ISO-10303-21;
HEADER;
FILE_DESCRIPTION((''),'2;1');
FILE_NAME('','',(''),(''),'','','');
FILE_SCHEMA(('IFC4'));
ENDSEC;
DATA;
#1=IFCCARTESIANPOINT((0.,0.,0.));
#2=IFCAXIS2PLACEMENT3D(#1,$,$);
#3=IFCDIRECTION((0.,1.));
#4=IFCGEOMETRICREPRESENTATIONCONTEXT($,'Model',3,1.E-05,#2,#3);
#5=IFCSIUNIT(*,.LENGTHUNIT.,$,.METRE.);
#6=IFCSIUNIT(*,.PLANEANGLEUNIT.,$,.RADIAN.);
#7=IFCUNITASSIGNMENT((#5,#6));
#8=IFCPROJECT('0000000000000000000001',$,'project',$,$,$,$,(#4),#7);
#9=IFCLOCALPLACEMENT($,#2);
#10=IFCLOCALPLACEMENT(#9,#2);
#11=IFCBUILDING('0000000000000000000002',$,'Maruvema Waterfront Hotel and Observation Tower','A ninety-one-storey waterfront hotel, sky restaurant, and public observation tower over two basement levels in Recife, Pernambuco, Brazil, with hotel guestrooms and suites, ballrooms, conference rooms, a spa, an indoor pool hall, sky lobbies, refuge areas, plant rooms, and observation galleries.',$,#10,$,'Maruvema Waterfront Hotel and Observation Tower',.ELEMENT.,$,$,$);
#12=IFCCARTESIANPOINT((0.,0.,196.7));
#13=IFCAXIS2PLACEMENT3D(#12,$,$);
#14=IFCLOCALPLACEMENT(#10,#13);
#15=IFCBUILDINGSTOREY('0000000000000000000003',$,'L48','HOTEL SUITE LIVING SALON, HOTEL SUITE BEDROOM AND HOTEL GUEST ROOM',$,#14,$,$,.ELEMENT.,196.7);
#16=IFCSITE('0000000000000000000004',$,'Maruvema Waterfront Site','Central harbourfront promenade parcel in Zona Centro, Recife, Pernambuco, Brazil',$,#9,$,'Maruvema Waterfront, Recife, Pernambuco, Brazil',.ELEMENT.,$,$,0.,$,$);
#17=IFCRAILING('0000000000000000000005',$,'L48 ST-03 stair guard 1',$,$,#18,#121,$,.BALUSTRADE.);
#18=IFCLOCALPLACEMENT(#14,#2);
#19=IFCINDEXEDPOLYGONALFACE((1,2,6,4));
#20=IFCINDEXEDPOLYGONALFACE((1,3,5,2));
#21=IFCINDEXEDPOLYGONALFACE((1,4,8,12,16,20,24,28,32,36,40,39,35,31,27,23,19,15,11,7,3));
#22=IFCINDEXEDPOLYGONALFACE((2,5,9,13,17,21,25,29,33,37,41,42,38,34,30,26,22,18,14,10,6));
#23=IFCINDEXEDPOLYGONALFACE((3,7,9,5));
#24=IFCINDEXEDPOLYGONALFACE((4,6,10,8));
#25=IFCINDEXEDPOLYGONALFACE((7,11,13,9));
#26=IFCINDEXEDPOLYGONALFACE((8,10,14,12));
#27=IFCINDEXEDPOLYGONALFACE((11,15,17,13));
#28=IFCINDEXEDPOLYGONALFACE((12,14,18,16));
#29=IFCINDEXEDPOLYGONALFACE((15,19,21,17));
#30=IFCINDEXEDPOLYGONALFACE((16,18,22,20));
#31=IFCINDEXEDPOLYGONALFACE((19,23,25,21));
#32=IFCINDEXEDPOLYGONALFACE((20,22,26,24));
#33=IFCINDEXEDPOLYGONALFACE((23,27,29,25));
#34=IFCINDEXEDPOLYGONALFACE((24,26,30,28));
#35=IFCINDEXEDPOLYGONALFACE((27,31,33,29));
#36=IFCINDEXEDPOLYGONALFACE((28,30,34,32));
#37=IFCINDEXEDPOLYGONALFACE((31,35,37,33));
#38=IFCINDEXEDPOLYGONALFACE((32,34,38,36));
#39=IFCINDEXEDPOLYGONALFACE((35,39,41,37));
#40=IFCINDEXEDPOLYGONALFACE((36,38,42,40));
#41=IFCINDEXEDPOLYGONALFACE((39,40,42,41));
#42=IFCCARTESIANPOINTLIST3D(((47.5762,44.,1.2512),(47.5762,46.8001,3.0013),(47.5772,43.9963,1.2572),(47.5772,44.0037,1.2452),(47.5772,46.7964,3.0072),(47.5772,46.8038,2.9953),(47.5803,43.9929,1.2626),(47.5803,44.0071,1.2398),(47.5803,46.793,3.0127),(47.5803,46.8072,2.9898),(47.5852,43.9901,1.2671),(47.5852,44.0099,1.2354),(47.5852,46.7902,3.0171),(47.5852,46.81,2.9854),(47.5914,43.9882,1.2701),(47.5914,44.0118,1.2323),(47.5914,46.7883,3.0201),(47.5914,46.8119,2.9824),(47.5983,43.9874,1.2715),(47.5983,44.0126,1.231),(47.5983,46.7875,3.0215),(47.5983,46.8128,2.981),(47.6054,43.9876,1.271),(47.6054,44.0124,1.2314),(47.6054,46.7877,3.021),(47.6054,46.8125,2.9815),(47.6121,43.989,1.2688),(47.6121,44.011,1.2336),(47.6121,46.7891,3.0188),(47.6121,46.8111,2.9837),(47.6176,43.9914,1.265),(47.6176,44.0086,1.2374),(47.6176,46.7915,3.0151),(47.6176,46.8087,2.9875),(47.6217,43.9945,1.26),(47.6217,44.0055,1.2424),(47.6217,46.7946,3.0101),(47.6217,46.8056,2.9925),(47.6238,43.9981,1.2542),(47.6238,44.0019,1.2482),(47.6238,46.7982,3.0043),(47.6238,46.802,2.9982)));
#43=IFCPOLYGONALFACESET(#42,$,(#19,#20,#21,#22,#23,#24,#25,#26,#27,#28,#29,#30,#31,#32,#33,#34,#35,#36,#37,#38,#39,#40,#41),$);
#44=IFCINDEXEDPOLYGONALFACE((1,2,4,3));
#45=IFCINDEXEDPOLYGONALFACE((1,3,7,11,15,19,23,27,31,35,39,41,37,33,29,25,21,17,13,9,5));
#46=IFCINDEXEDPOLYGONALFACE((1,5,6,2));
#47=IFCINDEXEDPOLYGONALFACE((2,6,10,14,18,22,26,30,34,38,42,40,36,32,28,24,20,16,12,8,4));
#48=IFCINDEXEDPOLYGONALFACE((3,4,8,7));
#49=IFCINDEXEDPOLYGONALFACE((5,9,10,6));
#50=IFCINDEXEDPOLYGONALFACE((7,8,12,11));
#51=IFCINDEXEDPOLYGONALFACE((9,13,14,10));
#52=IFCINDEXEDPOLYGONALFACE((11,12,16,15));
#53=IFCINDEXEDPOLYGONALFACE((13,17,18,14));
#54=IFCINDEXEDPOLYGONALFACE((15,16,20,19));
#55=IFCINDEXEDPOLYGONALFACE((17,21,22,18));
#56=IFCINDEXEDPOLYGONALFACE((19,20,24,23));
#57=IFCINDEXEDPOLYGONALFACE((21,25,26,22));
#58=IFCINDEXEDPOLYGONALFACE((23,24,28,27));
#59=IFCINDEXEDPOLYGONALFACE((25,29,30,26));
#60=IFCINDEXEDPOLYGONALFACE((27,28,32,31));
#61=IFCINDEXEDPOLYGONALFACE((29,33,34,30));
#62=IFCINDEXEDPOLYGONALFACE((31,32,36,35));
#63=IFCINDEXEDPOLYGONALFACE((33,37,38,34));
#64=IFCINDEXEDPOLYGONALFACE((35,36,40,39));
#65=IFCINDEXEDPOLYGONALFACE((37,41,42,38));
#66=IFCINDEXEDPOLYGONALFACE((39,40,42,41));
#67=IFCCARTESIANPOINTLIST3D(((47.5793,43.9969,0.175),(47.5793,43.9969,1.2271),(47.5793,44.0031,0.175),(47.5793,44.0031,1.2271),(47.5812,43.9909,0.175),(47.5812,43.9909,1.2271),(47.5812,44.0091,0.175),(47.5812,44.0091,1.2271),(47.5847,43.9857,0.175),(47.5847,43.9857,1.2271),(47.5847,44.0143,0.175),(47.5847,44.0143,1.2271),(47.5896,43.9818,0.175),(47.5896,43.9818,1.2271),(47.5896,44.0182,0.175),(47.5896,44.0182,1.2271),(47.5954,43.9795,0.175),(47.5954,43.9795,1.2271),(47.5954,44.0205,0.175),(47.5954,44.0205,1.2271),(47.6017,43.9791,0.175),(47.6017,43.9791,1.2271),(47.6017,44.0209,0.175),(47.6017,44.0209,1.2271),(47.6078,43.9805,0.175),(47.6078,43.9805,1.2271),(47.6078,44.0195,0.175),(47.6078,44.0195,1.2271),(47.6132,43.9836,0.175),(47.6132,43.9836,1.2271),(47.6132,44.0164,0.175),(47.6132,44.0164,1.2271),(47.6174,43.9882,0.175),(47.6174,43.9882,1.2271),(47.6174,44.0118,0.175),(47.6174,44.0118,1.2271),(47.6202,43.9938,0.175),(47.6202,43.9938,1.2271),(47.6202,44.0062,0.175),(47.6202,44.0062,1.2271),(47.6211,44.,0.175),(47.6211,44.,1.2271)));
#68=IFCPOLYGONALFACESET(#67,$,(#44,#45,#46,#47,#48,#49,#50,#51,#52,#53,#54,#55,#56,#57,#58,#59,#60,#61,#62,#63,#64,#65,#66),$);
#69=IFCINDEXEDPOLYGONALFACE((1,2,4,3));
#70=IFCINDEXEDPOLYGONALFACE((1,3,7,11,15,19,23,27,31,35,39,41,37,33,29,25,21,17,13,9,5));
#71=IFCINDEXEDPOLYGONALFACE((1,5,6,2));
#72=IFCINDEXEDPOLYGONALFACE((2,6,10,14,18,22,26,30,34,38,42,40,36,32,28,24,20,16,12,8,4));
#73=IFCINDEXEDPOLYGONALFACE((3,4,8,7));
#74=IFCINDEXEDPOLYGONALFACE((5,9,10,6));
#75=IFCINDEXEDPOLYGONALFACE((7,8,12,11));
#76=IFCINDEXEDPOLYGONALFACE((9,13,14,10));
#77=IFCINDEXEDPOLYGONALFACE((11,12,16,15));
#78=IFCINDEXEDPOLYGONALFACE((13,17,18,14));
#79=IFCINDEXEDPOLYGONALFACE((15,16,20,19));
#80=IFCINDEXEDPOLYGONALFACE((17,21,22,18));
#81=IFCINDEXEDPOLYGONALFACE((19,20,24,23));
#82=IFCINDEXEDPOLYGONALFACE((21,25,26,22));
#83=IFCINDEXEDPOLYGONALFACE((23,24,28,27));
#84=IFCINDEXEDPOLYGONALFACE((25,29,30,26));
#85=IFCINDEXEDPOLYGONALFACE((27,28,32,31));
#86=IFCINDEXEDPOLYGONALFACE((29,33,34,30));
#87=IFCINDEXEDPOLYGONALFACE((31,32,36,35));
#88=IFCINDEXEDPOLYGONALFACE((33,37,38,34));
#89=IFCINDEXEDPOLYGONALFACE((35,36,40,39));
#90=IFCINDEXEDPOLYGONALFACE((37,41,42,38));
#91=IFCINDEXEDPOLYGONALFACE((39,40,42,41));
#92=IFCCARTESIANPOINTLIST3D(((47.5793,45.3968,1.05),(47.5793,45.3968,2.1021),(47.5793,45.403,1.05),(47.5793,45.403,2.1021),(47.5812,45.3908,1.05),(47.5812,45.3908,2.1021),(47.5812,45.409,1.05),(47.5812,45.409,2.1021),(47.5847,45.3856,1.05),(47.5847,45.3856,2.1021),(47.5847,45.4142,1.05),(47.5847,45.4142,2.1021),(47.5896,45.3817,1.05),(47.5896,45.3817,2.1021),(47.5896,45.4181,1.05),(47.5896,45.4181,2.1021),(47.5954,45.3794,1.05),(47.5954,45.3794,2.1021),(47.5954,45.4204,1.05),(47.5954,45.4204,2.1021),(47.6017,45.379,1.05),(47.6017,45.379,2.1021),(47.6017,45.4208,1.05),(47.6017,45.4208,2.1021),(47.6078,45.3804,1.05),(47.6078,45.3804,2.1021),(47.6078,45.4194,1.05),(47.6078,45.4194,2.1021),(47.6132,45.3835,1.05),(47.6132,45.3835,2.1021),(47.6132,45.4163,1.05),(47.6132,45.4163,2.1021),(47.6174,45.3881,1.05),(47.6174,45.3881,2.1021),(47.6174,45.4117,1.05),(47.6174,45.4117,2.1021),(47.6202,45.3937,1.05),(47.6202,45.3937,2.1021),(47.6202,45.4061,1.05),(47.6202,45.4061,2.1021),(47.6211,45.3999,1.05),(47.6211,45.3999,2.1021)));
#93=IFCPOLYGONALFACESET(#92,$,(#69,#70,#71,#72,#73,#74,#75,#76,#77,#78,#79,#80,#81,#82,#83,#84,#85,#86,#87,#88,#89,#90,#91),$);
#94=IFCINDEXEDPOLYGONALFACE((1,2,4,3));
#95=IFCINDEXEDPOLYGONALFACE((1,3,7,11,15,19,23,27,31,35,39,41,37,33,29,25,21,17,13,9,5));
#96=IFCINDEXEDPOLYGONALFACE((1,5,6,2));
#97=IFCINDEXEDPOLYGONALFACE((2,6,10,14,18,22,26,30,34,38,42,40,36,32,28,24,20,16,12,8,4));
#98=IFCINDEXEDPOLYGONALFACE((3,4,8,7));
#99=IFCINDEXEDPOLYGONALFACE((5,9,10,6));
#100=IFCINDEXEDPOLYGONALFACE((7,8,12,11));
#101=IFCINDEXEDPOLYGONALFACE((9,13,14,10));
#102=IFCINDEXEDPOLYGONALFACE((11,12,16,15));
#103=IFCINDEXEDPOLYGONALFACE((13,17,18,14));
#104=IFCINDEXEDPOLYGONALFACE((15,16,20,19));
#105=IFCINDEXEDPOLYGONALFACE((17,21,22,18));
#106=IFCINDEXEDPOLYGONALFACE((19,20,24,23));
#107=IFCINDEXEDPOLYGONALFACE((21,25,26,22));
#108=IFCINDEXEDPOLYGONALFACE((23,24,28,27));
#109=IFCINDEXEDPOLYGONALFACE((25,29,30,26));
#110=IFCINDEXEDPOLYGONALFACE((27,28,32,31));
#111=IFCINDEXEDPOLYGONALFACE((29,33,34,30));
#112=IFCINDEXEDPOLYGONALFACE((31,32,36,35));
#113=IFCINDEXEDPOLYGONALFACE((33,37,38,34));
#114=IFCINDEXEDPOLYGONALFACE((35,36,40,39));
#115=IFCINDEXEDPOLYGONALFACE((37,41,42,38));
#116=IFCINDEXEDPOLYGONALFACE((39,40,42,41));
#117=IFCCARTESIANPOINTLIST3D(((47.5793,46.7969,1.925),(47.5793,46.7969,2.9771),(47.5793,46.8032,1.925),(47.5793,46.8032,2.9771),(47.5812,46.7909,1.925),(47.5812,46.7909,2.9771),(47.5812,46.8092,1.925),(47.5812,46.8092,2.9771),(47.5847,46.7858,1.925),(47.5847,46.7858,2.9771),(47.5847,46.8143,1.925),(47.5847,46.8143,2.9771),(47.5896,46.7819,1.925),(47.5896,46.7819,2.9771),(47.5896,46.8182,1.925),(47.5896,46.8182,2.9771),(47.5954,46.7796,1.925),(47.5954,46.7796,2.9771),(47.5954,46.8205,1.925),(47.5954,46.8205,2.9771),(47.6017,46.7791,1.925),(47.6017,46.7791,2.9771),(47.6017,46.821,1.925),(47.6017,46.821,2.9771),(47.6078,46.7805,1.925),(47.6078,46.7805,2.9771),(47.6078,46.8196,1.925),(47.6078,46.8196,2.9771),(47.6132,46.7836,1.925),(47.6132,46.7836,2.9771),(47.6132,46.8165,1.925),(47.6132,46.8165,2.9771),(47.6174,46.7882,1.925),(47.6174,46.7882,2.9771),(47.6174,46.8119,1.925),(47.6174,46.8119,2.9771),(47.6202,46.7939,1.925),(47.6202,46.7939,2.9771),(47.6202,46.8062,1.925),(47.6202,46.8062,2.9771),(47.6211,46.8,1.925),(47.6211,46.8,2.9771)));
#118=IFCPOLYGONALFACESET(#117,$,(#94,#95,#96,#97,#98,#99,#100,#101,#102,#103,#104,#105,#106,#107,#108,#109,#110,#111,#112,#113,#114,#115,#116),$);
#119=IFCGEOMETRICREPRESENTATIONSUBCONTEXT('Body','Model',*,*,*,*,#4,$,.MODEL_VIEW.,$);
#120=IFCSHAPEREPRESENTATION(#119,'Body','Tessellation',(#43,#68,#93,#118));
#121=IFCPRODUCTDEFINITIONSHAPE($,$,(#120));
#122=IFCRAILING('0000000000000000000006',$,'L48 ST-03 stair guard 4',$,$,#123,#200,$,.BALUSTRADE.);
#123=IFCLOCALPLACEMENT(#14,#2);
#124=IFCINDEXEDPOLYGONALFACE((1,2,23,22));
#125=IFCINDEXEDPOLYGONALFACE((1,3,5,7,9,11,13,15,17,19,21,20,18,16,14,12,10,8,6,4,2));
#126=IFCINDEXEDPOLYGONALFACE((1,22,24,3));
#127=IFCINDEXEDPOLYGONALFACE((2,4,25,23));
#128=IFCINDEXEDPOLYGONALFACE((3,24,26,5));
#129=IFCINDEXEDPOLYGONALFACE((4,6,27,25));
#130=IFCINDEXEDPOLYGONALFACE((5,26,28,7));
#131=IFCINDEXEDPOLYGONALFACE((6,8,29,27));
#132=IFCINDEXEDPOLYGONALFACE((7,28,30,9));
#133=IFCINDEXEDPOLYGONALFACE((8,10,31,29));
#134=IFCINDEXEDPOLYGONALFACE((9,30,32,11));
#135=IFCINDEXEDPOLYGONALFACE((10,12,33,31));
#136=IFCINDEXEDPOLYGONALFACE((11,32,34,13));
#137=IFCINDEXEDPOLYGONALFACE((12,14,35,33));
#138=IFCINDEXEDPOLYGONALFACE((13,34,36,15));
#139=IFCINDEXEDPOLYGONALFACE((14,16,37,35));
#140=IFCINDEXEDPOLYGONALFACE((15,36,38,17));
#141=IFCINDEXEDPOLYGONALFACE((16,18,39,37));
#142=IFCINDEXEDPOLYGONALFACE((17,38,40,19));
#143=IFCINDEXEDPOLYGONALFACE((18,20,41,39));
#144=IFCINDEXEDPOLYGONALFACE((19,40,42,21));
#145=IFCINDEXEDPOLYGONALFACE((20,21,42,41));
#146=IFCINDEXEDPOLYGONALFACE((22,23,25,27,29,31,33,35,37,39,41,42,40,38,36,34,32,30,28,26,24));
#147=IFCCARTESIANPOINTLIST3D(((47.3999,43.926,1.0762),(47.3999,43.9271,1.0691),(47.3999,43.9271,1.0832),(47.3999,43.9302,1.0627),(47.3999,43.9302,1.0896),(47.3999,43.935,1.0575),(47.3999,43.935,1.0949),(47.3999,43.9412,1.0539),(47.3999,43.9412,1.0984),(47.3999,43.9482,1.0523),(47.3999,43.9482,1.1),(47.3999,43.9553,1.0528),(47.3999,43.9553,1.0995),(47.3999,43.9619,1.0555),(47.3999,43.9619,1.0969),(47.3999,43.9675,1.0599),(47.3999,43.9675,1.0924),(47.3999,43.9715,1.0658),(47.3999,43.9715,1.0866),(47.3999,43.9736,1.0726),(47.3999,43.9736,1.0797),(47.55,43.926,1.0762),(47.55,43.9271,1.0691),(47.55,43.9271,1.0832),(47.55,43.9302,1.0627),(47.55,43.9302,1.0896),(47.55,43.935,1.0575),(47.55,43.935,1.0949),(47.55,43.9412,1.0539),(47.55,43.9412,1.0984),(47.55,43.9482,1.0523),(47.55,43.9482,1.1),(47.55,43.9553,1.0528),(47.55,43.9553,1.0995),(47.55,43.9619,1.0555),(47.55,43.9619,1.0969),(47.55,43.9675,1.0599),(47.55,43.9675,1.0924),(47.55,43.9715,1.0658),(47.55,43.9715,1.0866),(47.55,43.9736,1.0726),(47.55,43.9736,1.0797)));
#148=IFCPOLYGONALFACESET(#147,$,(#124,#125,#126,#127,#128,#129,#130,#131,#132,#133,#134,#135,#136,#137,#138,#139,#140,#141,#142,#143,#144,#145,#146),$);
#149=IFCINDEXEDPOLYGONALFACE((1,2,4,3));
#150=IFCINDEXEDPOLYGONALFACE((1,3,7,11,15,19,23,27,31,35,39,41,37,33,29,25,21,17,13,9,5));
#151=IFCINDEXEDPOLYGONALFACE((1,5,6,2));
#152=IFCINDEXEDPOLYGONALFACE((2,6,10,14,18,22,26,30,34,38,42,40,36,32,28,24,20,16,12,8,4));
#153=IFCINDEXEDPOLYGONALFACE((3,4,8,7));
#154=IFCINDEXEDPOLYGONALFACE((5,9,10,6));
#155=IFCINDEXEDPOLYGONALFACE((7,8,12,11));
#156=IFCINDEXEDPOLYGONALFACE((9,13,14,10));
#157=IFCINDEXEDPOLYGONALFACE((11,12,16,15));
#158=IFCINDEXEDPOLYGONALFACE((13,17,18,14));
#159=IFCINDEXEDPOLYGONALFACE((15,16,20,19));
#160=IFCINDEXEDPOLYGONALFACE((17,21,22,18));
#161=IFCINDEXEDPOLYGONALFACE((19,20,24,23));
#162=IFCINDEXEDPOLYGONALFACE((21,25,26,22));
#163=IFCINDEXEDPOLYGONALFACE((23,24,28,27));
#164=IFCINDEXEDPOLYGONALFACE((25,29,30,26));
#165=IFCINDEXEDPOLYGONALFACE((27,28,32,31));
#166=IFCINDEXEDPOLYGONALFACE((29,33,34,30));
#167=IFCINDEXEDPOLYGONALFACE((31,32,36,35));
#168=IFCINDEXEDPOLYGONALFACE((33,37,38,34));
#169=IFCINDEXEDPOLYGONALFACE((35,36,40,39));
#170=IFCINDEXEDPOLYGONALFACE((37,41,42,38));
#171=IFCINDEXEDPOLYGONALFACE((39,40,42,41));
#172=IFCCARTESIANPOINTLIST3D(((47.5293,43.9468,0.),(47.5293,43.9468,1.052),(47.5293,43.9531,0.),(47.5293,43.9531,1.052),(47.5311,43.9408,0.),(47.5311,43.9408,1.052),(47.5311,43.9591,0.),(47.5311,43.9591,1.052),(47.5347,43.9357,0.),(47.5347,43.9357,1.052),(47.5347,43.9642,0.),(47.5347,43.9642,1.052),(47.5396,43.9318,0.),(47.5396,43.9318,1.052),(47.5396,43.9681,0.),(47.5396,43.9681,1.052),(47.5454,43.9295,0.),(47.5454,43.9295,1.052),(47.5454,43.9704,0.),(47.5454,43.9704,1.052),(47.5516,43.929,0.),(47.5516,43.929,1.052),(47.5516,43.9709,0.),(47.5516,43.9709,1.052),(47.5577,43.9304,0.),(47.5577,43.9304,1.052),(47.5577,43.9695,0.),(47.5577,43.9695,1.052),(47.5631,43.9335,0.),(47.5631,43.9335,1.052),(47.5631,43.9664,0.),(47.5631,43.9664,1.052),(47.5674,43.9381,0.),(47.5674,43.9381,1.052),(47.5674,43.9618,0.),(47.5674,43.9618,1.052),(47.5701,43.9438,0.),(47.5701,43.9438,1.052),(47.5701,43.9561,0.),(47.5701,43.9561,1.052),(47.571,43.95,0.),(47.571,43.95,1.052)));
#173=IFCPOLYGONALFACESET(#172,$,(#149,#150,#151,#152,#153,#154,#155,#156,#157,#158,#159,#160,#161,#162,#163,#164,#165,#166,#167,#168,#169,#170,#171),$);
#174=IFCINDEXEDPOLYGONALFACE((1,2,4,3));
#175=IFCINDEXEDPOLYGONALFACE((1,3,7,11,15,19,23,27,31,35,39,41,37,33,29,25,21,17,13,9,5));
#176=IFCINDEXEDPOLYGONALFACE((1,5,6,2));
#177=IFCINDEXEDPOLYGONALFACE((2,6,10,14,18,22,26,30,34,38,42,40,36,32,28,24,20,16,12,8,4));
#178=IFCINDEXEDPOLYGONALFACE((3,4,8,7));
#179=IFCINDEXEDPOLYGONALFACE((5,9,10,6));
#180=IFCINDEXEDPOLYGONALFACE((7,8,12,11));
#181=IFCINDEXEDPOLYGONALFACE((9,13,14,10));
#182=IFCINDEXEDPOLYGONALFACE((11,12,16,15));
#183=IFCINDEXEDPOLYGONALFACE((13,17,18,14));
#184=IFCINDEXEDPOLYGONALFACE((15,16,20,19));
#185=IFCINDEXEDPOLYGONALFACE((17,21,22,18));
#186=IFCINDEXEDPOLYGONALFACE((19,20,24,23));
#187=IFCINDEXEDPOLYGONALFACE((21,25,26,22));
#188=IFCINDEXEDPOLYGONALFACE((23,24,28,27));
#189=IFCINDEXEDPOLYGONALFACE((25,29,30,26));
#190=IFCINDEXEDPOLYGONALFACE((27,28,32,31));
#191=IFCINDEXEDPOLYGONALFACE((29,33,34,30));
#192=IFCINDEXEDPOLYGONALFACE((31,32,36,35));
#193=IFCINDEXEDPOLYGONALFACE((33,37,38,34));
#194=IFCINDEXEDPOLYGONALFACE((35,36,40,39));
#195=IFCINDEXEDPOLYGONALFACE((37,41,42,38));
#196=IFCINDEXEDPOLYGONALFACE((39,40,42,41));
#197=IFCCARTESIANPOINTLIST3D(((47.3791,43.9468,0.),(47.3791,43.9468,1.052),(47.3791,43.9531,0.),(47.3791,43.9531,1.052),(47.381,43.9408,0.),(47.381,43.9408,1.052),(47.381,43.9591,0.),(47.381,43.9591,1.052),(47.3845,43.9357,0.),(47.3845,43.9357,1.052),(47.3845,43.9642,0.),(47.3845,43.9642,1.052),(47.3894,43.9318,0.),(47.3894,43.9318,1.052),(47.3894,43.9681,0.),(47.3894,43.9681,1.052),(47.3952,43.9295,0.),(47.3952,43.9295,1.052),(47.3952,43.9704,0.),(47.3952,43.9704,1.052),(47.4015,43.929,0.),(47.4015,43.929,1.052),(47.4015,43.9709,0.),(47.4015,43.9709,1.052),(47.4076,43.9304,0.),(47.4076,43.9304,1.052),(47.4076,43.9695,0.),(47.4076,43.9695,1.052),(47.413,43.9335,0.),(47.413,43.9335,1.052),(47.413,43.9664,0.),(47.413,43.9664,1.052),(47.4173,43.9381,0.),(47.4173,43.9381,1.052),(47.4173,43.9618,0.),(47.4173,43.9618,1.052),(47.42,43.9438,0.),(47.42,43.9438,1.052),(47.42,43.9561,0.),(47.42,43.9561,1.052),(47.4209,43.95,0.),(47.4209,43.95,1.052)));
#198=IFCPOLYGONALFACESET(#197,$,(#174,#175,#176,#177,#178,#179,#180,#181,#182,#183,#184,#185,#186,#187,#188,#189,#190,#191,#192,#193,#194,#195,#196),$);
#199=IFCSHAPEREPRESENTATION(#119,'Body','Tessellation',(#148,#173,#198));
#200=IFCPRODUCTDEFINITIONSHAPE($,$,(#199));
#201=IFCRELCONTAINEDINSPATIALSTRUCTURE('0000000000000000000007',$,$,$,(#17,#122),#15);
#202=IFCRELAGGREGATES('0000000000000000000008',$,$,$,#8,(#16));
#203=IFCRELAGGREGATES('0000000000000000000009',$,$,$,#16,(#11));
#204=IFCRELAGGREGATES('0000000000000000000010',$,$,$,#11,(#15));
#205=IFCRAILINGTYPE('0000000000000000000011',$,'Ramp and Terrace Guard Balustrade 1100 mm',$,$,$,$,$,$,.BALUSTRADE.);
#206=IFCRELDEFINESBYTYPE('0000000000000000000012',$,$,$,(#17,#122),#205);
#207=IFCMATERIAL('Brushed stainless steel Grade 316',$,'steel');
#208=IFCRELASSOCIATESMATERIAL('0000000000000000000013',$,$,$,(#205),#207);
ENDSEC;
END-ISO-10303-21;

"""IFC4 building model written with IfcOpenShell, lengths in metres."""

from ifc_helpers import new_model, si_unit, direction, frame, origin, origin_2d, place, context, subcontext, project, spatial, circle, extrude, material, type_object, element, save


model = new_model("IFC4")

# Units and contexts
model_context = context("Model", 3, precision=1e-05, world=origin(), true_north=direction((0.0, 1.0)))
body_context = subcontext(model_context, "Body", "Model", "MODEL_VIEW")
ifc_project = project(units=[si_unit("LENGTHUNIT", "METRE"), si_unit("PLANEANGLEUNIT", "RADIAN")], contexts=[model_context])

# Site, building, storey
site_placement = place(None, origin())
site = spatial("IfcSite", under=ifc_project, at=site_placement, Name="Maruvema Waterfront Site", Description="Central harbourfront promenade parcel in Zona Centro, Recife, Pernambuco, Brazil", LongName="Maruvema Waterfront, Recife, Pernambuco, Brazil", CompositionType="ELEMENT", RefElevation=0.0)
building_placement = place(site_placement, origin())
building = spatial("IfcBuilding", under=site, at=building_placement, Name="Maruvema Waterfront Hotel and Observation Tower", Description="A ninety-one-storey waterfront hotel, sky restaurant, and public observation tower over two basement levels in Recife, Pernambuco, Brazil, with hotel guestrooms and suites, ballrooms, conference rooms, a spa, an indoor pool hall, sky lobbies, refuge areas, plant rooms, and observation galleries.", LongName="Maruvema Waterfront Hotel and Observation Tower", CompositionType="ELEMENT")
storey_placement = place(building_placement, frame((0.0, 0.0, 196.7)))
storey = spatial("IfcBuildingStorey", under=building, at=storey_placement, Name="L48", Description="HOTEL SUITE LIVING SALON, HOTEL SUITE BEDROOM AND HOTEL GUEST ROOM", CompositionType="ELEMENT", Elevation=196.7)

# Railings
ifc_material_1 = material(Name="Brushed stainless steel Grade 316", Category="steel")
railing_type_1 = type_object("IfcRailingType", Name="Ramp and Terrace Guard Balustrade 1100 mm", PredefinedType="BALUSTRADE", material=ifc_material_1)
railing_1_placement = place(storey_placement, frame((47.6001, 44.0, 0.175)))
element("IfcRailing", 1, at=railing_1_placement, inside=storey, type_object=railing_type_1, Name="L48 ST-03 stair guard 1", PredefinedType="BALUSTRADE", context=body_context, shape_type="SweptSolid", body=[
    extrude(circle(Radius=0.0239, at=origin_2d()), frame((0.0, 0.0, 1.0762), z_axis=(0.0, 0.848002, 0.529992), x_axis=(-1.0, 0.0, 0.0)), (0.0, 0.0, 1.0), 3.302),
    extrude(circle(Radius=0.021, at=origin_2d()), origin(), (0.0, 0.0, 1.0), 1.052),
    extrude(circle(Radius=0.021, at=origin_2d()), frame((0.0, 1.3999, 0.875)), (0.0, 0.0, 1.0), 1.052),
    extrude(circle(Radius=0.021, at=origin_2d()), frame((0.0, 2.8, 1.75)), (0.0, 0.0, 1.0), 1.052),
])
railing_2_placement = place(storey_placement, frame((47.55, 43.95, 0.0)))
element("IfcRailing", 2, at=railing_2_placement, inside=storey, type_object=railing_type_1, Name="L48 ST-03 stair guard 4", PredefinedType="BALUSTRADE", context=body_context, shape_type="SweptSolid", body=[
    extrude(circle(Radius=0.0239, at=origin_2d()), frame((0.0, 0.0, 1.0762), z_axis=(-1.0, 0.0, 0.0), x_axis=(0.0, -1.0, 0.0)), (0.0, 0.0, 1.0), 0.1501),
    extrude(circle(Radius=0.021, at=origin_2d()), origin(), (0.0, 0.0, 1.0), 1.052),
    extrude(circle(Radius=0.021, at=origin_2d()), frame((-0.1501, 0.0, 0.0)), (0.0, 0.0, 1.0), 1.052),
])

save(model, "model.ifc")
